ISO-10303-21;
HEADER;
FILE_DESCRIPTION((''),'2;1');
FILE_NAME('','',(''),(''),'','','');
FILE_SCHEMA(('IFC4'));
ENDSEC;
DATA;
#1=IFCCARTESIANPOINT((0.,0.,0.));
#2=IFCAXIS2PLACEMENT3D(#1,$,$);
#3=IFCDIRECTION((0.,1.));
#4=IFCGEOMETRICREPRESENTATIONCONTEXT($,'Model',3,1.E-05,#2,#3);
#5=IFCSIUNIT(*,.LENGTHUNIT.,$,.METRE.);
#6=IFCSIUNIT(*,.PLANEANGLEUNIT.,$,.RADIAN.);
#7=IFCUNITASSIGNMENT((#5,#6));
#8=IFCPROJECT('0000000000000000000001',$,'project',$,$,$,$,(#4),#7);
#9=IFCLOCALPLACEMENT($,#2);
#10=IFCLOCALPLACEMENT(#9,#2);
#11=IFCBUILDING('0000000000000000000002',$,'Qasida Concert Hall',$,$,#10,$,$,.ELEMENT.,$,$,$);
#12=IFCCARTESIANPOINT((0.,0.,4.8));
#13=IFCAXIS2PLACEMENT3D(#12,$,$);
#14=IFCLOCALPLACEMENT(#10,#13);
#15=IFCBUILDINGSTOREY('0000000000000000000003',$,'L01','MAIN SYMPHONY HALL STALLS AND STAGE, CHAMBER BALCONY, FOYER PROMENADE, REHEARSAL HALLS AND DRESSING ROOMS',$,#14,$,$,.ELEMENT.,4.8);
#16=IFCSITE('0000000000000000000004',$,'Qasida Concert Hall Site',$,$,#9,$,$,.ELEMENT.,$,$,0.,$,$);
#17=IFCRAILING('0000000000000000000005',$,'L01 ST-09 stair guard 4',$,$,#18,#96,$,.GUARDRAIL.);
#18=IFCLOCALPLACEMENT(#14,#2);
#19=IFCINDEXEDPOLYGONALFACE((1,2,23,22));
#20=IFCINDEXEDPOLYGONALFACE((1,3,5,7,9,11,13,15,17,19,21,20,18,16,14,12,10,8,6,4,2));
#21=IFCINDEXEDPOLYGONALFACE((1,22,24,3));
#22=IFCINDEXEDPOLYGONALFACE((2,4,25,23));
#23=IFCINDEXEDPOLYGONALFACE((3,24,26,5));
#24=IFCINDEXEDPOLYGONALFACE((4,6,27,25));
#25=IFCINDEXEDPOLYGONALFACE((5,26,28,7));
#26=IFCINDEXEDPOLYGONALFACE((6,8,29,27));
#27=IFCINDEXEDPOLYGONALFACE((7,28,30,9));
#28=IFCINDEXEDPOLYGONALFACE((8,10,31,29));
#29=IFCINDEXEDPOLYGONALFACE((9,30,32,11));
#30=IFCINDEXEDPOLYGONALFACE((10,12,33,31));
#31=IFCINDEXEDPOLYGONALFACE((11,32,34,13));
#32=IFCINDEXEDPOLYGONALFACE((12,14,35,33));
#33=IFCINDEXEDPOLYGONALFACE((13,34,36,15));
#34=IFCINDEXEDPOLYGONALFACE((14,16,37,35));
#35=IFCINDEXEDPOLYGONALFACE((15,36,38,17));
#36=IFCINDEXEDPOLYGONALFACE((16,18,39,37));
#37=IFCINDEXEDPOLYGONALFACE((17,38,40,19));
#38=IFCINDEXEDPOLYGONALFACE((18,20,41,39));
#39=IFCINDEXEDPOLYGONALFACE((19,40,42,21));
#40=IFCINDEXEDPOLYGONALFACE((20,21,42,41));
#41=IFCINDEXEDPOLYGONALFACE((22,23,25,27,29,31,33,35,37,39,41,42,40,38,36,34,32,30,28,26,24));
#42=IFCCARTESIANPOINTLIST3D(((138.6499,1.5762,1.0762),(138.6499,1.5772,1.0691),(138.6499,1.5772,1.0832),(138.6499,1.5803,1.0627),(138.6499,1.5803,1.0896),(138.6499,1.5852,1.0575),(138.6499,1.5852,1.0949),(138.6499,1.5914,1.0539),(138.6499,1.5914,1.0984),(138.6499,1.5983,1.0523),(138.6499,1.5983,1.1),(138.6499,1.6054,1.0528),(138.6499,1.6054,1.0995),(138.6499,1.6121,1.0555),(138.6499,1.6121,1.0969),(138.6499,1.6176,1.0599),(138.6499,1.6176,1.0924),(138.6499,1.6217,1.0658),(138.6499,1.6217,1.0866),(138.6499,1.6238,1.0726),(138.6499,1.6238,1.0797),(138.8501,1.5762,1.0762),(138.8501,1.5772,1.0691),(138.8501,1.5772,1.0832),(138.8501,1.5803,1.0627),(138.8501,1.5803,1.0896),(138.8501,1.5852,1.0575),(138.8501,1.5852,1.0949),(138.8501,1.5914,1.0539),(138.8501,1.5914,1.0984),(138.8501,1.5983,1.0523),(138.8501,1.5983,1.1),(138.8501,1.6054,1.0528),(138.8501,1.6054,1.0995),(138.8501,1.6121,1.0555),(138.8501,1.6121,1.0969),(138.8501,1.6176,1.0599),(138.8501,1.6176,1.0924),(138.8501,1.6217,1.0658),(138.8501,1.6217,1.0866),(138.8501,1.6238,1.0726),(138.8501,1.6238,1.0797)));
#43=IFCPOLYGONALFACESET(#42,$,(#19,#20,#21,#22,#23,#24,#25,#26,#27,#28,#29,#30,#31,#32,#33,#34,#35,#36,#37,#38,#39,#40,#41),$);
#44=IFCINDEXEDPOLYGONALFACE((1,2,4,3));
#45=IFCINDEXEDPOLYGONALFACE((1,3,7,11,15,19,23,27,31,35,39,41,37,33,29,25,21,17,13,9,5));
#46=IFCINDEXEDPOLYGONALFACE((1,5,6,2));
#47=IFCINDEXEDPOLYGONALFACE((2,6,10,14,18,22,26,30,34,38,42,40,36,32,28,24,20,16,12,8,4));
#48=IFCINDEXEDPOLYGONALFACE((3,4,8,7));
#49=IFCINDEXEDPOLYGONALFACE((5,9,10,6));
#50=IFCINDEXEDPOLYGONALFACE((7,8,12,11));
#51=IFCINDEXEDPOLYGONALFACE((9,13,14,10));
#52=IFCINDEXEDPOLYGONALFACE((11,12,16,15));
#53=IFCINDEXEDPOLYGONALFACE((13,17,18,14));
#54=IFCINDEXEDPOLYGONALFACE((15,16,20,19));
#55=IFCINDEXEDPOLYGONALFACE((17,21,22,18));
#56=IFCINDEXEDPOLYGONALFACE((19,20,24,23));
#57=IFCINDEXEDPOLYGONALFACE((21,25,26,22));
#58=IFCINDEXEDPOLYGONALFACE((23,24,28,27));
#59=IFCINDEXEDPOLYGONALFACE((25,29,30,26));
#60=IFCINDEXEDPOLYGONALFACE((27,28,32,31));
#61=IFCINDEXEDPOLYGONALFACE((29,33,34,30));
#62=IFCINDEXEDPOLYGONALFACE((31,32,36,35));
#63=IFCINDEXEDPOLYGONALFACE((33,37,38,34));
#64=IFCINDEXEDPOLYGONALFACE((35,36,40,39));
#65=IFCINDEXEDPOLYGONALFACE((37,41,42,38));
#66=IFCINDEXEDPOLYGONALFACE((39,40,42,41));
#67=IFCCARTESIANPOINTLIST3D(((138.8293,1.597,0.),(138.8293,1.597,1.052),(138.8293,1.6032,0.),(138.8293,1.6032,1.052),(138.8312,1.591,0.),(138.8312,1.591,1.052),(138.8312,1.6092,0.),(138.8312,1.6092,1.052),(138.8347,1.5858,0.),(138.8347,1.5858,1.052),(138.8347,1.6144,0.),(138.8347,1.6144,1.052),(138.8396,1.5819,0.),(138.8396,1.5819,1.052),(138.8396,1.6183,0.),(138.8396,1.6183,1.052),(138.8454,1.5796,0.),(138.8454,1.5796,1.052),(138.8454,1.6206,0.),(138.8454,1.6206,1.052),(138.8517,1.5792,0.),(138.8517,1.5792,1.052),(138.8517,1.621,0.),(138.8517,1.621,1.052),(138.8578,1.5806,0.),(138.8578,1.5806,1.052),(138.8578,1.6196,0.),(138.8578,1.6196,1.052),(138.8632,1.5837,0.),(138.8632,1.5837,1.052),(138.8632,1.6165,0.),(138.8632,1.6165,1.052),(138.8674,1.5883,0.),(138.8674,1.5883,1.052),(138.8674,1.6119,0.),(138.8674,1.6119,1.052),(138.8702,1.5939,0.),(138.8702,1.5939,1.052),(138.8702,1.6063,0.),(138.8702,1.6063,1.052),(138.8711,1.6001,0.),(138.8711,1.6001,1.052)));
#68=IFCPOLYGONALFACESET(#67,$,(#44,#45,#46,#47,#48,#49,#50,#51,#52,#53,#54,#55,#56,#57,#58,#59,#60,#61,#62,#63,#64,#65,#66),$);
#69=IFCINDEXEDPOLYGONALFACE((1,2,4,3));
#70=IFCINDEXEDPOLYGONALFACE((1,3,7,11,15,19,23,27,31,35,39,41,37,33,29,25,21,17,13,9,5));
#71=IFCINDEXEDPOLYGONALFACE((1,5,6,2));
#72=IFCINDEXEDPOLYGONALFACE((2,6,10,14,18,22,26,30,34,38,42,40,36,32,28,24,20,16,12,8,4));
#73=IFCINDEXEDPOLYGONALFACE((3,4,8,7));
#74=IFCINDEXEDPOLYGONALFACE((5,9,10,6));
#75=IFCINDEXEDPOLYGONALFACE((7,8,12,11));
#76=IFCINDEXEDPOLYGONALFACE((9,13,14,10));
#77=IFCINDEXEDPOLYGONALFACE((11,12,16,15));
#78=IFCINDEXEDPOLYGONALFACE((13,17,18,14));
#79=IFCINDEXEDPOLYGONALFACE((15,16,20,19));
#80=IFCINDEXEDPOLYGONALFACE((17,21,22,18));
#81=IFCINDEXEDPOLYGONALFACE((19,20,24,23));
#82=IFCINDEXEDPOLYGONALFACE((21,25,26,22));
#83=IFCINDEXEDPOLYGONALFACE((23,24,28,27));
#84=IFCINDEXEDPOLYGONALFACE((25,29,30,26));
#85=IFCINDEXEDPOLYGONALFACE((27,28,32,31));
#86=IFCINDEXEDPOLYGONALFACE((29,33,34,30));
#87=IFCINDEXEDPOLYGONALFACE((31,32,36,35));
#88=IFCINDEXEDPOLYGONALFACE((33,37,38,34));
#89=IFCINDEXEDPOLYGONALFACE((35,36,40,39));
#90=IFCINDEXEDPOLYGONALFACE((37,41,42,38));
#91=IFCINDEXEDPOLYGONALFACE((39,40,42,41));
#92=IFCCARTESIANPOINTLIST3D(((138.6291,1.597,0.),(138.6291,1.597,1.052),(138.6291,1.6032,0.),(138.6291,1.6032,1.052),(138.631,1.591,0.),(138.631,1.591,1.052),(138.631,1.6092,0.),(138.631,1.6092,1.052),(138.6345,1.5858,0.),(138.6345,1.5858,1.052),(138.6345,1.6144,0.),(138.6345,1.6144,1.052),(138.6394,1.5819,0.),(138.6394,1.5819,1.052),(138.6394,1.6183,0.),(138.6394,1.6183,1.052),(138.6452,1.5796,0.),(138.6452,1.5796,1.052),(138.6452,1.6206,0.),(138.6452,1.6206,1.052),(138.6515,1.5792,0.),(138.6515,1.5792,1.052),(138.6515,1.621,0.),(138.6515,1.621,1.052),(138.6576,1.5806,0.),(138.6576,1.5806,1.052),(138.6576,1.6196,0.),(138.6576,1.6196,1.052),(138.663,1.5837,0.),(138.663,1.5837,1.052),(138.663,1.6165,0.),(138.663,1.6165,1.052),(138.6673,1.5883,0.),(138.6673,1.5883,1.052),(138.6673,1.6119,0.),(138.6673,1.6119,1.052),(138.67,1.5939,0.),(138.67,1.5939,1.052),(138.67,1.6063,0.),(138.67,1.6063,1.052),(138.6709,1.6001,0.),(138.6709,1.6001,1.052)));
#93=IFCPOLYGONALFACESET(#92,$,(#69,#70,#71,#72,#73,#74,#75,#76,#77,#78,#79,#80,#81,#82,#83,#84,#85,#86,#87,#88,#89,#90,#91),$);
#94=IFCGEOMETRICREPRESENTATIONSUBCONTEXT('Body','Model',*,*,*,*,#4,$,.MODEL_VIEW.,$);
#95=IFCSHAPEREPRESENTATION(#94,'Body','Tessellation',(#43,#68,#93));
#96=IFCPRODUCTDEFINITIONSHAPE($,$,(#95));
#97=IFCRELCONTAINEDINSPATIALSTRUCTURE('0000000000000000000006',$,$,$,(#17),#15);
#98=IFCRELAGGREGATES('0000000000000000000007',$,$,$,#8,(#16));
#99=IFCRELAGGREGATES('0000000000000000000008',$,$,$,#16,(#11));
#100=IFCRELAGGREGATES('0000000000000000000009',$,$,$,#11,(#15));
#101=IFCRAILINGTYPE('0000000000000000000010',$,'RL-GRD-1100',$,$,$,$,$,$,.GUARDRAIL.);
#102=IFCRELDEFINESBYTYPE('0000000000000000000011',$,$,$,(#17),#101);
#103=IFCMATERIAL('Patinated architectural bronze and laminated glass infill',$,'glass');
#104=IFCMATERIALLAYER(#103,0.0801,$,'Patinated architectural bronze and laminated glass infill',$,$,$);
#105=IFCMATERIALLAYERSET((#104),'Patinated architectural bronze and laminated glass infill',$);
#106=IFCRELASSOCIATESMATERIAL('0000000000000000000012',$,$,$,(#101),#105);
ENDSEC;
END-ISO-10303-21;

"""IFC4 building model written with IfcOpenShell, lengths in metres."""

from ifc_helpers import new_model, si_unit, direction, frame, origin, origin_2d, place, context, subcontext, project, spatial, circle, extrude, material, layer, layer_set, type_object, element, save


model = new_model("IFC4")

# Units and contexts
model_context = context("Model", 3, precision=1e-05, world=origin(), true_north=direction((0.0, 1.0)))
body_context = subcontext(model_context, "Body", "Model", "MODEL_VIEW")
ifc_project = project(units=[si_unit("LENGTHUNIT", "METRE"), si_unit("PLANEANGLEUNIT", "RADIAN")], contexts=[model_context])

# Site, building, storey
site_placement = place(None, origin())
site = spatial("IfcSite", under=ifc_project, at=site_placement, Name="Qasida Concert Hall Site", CompositionType="ELEMENT", RefElevation=0.0)
building_placement = place(site_placement, origin())
building = spatial("IfcBuilding", under=site, at=building_placement, Name="Qasida Concert Hall", CompositionType="ELEMENT")
storey_placement = place(building_placement, frame((0.0, 0.0, 4.8)))
storey = spatial("IfcBuildingStorey", under=building, at=storey_placement, Name="L01", Description="MAIN SYMPHONY HALL STALLS AND STAGE, CHAMBER BALCONY, FOYER PROMENADE, REHEARSAL HALLS AND DRESSING ROOMS", CompositionType="ELEMENT", Elevation=4.8)

# Railing
ifc_material_1 = material(Name="Patinated architectural bronze and laminated glass infill", Category="glass")
ifc_layer_1 = layer(ifc_material_1, 0.0801, Name="Patinated architectural bronze and laminated glass infill")
ifc_layer_set_1 = layer_set([ifc_layer_1], Name="Patinated architectural bronze and laminated glass infill")
railing_type_1 = type_object("IfcRailingType", Name="RL-GRD-1100", PredefinedType="GUARDRAIL", material=ifc_layer_set_1)
railing_1_placement = place(storey_placement, frame((138.8501, 1.6001, 0.0)))
element("IfcRailing", 1, at=railing_1_placement, inside=storey, type_object=railing_type_1, Name="L01 ST-09 stair guard 4", PredefinedType="GUARDRAIL", context=body_context, shape_type="SweptSolid", body=[
    extrude(circle(Radius=0.0239, at=origin_2d()), frame((0.0, 0.0, 1.0762), z_axis=(-1.0, 0.0, 0.0), x_axis=(0.0, -1.0, 0.0)), (0.0, 0.0, 1.0), 0.2002),
    extrude(circle(Radius=0.021, at=origin_2d()), origin(), (0.0, 0.0, 1.0), 1.052),
    extrude(circle(Radius=0.021, at=origin_2d()), frame((-0.2002, 0.0, 0.0)), (0.0, 0.0, 1.0), 1.052),
])

save(model, "model.ifc")
